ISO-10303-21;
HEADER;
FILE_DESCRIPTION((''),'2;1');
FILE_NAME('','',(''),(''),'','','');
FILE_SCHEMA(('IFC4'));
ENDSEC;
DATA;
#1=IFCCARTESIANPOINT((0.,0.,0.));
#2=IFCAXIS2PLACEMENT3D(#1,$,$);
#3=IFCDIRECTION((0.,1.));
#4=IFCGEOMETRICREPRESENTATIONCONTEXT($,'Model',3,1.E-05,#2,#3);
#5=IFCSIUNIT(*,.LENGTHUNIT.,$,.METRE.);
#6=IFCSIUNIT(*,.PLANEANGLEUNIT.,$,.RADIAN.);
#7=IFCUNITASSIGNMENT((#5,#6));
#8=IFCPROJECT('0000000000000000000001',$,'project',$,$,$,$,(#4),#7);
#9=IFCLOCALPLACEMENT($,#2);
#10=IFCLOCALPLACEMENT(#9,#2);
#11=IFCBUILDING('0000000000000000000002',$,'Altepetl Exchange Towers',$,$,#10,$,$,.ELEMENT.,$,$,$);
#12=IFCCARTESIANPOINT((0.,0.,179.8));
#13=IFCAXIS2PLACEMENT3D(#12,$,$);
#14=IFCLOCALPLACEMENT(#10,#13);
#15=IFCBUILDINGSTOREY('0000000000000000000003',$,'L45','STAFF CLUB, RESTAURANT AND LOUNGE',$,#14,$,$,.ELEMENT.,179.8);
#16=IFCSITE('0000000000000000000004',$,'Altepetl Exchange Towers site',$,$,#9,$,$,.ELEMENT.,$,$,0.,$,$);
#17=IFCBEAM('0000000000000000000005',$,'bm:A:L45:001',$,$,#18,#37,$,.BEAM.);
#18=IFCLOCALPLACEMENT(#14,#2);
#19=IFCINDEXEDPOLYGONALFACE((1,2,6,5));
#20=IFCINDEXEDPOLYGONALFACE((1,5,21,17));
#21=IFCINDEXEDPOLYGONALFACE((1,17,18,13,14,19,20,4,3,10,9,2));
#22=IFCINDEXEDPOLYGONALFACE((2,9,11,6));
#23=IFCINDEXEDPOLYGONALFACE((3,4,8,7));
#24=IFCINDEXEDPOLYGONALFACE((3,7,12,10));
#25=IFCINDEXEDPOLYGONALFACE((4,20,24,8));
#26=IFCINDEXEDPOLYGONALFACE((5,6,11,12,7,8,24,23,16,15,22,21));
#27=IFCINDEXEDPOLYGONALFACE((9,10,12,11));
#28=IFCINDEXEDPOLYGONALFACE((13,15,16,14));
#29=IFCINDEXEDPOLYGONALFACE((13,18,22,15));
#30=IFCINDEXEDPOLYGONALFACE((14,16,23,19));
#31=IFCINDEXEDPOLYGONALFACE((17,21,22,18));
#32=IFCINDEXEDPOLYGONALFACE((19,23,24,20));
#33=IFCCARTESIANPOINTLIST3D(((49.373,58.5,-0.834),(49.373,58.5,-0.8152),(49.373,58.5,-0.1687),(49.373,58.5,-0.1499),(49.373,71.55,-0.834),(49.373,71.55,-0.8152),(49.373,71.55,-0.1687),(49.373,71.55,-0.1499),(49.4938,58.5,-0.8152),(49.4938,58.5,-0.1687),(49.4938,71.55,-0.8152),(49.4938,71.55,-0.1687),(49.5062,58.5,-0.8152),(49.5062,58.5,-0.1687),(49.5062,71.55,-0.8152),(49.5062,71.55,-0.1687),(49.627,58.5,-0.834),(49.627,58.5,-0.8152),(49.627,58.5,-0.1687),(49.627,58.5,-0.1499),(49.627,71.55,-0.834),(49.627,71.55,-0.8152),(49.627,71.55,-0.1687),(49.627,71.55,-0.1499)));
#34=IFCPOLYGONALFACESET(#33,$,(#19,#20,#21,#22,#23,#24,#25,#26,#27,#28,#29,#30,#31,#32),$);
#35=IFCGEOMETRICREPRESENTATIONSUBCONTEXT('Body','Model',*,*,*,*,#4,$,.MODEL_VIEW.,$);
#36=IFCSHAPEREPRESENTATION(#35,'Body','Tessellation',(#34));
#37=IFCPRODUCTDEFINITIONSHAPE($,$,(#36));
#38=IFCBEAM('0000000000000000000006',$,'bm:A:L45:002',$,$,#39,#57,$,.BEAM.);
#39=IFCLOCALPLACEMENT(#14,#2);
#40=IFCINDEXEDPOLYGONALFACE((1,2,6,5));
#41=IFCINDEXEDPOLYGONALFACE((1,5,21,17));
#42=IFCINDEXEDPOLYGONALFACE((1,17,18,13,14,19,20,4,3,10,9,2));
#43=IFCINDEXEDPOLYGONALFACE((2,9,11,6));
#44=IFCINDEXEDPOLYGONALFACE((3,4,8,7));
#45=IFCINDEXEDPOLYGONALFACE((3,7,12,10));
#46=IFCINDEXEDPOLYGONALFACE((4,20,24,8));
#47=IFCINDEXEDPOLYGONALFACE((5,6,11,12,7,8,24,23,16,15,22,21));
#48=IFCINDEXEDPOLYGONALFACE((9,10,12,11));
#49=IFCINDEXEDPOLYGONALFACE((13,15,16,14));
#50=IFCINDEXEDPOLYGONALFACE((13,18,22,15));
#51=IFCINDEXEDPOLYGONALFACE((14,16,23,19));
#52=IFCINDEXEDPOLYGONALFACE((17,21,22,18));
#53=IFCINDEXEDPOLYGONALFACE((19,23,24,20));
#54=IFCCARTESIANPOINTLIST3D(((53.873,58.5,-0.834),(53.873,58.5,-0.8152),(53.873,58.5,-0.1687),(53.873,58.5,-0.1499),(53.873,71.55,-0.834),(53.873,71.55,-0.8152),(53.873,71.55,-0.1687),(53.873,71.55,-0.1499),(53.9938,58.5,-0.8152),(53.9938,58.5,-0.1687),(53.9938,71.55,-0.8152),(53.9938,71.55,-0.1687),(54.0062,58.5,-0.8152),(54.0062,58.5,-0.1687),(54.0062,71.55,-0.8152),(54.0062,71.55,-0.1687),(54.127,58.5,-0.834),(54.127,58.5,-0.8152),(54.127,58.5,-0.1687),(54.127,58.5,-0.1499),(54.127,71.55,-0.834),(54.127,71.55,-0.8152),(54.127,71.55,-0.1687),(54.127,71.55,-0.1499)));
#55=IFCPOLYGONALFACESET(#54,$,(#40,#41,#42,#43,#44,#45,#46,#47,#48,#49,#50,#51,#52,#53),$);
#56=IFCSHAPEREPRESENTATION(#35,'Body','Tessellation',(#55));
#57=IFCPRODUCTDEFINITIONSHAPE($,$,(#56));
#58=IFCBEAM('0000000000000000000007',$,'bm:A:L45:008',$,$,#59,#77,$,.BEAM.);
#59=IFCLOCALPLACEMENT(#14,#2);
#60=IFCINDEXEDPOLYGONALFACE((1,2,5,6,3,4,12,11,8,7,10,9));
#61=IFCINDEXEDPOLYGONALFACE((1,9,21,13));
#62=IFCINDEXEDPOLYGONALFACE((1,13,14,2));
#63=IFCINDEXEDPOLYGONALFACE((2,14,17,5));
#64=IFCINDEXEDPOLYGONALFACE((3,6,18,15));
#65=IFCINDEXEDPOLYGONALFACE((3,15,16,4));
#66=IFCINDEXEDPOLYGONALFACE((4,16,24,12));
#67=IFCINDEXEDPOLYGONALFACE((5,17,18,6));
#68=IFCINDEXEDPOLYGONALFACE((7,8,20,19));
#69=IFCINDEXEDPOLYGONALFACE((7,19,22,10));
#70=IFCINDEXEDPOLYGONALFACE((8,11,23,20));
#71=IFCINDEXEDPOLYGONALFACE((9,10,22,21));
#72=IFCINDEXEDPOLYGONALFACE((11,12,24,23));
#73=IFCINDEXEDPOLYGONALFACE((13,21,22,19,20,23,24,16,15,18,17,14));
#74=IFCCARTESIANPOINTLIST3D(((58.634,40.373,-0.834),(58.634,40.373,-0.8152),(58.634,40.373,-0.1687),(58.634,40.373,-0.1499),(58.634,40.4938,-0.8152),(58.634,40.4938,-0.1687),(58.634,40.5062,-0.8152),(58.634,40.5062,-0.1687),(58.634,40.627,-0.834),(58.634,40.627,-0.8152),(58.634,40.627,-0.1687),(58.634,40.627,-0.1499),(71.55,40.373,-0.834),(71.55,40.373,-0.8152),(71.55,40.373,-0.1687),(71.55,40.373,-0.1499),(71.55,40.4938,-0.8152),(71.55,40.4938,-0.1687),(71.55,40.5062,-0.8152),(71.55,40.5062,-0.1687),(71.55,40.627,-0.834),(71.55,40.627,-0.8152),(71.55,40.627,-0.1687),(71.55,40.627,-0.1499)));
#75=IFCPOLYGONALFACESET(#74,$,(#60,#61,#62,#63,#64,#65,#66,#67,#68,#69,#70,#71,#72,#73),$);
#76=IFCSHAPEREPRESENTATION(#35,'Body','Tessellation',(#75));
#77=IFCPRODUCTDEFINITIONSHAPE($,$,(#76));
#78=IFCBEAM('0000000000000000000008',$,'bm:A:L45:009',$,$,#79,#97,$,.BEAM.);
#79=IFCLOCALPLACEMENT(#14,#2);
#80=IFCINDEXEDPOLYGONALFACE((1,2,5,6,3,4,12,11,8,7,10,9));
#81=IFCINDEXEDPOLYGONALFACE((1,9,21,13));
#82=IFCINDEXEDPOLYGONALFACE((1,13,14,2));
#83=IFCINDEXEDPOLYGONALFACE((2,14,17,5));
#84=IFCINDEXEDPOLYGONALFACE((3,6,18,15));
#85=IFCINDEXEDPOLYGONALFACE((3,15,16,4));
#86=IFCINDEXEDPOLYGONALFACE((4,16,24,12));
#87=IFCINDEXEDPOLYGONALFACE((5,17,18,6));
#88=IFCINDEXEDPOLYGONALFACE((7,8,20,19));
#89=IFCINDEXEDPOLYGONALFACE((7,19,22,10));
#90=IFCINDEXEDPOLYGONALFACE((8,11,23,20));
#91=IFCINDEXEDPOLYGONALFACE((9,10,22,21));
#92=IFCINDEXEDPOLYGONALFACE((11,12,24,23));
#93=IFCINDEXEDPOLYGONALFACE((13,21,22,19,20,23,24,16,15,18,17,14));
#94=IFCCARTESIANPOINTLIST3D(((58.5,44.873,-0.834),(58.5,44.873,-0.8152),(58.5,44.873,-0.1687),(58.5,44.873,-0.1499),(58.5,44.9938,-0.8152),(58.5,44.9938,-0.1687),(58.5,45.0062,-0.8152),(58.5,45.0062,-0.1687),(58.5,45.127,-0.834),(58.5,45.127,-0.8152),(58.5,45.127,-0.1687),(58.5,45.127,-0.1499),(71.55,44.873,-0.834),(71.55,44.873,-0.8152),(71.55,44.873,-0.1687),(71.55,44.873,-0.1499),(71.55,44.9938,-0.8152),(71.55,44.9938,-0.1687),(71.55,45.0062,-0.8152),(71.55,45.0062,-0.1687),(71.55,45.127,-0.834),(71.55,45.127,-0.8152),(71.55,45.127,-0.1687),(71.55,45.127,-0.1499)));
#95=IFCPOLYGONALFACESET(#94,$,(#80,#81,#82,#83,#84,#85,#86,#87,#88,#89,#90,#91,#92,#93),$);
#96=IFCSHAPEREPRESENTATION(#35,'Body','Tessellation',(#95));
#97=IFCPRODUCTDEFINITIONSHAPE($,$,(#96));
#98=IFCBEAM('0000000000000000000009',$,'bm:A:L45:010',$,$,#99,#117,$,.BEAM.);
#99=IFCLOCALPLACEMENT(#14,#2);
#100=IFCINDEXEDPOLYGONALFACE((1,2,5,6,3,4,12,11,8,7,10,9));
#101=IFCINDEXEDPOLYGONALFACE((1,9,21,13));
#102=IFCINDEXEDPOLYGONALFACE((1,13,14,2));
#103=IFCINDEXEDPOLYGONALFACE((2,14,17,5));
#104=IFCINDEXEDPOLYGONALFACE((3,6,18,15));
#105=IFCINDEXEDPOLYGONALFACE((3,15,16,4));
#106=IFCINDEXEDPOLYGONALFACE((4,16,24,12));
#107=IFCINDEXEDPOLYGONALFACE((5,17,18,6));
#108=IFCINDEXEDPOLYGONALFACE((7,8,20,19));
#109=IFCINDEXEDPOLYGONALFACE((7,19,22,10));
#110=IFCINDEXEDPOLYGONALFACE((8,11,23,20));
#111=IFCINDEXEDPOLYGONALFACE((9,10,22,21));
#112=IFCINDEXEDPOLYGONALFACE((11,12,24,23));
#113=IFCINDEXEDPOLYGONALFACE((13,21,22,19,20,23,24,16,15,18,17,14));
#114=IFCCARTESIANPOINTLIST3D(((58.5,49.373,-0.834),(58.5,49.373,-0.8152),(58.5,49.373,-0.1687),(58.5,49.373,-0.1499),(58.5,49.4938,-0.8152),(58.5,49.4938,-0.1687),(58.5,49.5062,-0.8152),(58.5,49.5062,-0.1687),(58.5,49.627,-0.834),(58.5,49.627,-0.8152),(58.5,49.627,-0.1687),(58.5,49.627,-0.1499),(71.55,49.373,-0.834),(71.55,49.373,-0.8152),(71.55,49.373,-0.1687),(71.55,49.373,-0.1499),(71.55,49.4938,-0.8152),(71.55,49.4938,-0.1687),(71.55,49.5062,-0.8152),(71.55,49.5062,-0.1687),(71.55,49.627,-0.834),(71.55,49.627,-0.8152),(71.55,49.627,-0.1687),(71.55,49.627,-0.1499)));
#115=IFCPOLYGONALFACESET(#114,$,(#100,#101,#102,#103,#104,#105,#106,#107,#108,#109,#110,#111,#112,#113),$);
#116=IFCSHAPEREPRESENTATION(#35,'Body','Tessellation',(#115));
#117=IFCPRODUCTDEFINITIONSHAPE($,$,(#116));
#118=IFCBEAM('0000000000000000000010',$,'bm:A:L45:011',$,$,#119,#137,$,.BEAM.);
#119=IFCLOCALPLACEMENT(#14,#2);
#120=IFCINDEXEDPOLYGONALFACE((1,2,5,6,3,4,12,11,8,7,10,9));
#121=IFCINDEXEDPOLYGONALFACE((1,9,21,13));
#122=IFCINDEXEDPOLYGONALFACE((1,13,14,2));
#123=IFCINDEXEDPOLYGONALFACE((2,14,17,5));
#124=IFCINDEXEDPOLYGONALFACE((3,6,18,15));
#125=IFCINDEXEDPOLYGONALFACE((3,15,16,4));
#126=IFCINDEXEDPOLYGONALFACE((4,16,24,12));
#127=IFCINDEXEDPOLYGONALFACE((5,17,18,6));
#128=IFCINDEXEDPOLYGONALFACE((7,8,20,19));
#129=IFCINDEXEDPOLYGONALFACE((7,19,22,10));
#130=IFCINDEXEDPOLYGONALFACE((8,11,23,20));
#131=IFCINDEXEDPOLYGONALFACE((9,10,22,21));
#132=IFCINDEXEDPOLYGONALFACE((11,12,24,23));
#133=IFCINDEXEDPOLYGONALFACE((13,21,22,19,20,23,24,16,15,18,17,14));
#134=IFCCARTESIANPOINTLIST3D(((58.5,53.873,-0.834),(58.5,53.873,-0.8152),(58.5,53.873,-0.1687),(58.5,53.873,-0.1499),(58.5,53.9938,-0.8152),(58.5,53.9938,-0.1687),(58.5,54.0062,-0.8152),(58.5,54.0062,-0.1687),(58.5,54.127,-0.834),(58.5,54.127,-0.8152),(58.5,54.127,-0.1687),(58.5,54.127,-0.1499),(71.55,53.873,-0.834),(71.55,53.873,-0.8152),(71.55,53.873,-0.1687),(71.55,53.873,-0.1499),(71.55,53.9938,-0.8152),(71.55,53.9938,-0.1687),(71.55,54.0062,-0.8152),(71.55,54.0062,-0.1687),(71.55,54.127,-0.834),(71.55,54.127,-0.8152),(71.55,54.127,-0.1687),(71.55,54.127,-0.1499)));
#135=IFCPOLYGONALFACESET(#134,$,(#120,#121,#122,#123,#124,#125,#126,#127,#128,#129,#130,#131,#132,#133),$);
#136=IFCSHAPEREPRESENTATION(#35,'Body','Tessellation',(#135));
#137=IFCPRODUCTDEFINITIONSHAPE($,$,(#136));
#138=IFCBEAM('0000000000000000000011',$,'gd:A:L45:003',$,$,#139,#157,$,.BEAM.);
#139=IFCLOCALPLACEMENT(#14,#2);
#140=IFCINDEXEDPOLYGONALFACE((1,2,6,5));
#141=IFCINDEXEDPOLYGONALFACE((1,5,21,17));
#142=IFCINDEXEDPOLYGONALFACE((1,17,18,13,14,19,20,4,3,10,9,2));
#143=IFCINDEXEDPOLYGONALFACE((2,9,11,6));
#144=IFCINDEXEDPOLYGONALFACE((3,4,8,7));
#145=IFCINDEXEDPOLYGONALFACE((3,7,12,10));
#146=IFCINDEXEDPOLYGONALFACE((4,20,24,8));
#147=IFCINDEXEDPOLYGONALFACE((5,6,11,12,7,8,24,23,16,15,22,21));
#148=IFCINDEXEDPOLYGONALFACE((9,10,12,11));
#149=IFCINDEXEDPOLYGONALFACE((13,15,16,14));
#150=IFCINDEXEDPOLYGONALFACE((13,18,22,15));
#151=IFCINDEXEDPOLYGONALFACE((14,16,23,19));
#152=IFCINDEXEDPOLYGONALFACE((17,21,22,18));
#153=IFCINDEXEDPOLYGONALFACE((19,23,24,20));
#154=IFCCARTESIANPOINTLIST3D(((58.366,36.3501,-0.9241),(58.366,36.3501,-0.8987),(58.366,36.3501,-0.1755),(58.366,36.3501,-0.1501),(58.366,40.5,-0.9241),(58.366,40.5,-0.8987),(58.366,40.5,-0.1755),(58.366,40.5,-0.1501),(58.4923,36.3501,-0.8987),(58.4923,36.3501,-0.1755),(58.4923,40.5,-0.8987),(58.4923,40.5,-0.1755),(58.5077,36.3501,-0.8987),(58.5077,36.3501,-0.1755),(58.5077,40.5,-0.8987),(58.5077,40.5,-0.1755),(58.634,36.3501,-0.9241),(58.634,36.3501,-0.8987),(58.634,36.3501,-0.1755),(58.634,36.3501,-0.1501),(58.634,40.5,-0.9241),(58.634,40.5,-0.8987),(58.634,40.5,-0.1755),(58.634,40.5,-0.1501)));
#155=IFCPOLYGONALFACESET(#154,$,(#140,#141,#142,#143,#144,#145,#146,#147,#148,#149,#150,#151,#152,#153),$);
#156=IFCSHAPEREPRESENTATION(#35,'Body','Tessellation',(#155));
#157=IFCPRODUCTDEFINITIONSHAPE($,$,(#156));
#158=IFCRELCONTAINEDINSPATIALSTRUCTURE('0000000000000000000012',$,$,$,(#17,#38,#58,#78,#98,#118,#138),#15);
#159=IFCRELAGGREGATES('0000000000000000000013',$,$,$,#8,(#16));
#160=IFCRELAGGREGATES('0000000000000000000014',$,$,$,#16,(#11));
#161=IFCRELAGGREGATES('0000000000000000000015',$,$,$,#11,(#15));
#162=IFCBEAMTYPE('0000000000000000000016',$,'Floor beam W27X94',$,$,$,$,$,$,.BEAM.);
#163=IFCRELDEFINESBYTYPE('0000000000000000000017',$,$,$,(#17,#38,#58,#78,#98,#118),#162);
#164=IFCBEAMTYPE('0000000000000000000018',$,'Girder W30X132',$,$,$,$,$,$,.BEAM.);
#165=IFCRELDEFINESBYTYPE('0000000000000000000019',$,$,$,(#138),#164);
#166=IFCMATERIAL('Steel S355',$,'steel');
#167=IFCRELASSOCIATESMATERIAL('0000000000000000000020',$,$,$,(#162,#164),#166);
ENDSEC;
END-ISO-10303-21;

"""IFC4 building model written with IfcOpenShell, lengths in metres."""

from ifc_helpers import new_model, si_unit, direction, frame, origin, origin_2d, place, context, subcontext, project, spatial, i_section, extrude, material, material_profile, profile_set, type_object, element, save


model = new_model("IFC4")

# Units and contexts
model_context = context("Model", 3, precision=1e-05, world=origin(), true_north=direction((0.0, 1.0)))
body_context = subcontext(model_context, "Body", "Model", "MODEL_VIEW")
ifc_project = project(units=[si_unit("LENGTHUNIT", "METRE"), si_unit("PLANEANGLEUNIT", "RADIAN")], contexts=[model_context])

# Site, building, storey
site_placement = place(None, origin())
site = spatial("IfcSite", under=ifc_project, at=site_placement, Name="Altepetl Exchange Towers site", CompositionType="ELEMENT", RefElevation=0.0)
building_placement = place(site_placement, origin())
building = spatial("IfcBuilding", under=site, at=building_placement, Name="Altepetl Exchange Towers", CompositionType="ELEMENT")
storey_placement = place(building_placement, frame((0.0, 0.0, 179.8)))
storey = spatial("IfcBuildingStorey", under=building, at=storey_placement, Name="L45", Description="STAFF CLUB, RESTAURANT AND LOUNGE", CompositionType="ELEMENT", Elevation=179.8)

# Beams
ifc_material_1 = material(Name="Steel S355", Category="steel")
ifc_material_profile_1 = material_profile(ifc_material_1, i_section(OverallWidth=0.2539, OverallDepth=0.6841, WebThickness=0.0125, FlangeThickness=0.0188, at=origin_2d()), Name="W27X94")
ifc_profile_set_1 = profile_set([ifc_material_profile_1], Name="Steel S355")
beam_type_1 = type_object("IfcBeamType", Name="Floor beam W27X94", PredefinedType="BEAM", material=ifc_profile_set_1)
for number, where, z_axis, x_axis, name in (
    (1, (49.5, 58.5, -0.4919), (0.0, 1.0, 0.0), (-1.0, 0.0, 0.0), "bm:A:L45:001"),
    (2, (54.0, 58.5, -0.4919), (0.0, 1.0, 0.0), (-1.0, 0.0, 0.0), "bm:A:L45:002"),
):
    element("IfcBeam", number, at=place(storey_placement, frame(where, z_axis=z_axis, x_axis=x_axis)), inside=storey, type_object=beam_type_1, Name=name, PredefinedType="BEAM", context=body_context, shape_type="SweptSolid", body=[
        extrude(i_section(OverallWidth=0.2539, OverallDepth=0.6841, WebThickness=0.0125, FlangeThickness=0.0188, at=origin_2d()), origin(), (0.0, 0.0, 1.0), 13.05),
    ])
beam_1_placement = place(storey_placement, frame((58.634, 40.5, -0.4919), z_axis=(1.0, 0.0, 0.0), x_axis=(0.0, 1.0, 0.0)))
element("IfcBeam", 3, at=beam_1_placement, inside=storey, type_object=beam_type_1, Name="bm:A:L45:008", PredefinedType="BEAM", context=body_context, shape_type="SweptSolid", body=[
    extrude(i_section(OverallWidth=0.2539, OverallDepth=0.6841, WebThickness=0.0125, FlangeThickness=0.0188, at=origin_2d()), origin(), (0.0, 0.0, 1.0), 12.916),
])
for number, where, z_axis, x_axis, name in (
    (4, (58.5, 45.0, -0.4919), (1.0, 0.0, 0.0), (0.0, 1.0, 0.0), "bm:A:L45:009"),
    (5, (58.5, 49.5, -0.4919), (1.0, 0.0, 0.0), (0.0, 1.0, 0.0), "bm:A:L45:010"),
    (6, (58.5, 54.0, -0.4919), (1.0, 0.0, 0.0), (0.0, 1.0, 0.0), "bm:A:L45:011"),
):
    element("IfcBeam", number, at=place(storey_placement, frame(where, z_axis=z_axis, x_axis=x_axis)), inside=storey, type_object=beam_type_1, Name=name, PredefinedType="BEAM", context=body_context, shape_type="SweptSolid", body=[
        extrude(i_section(OverallWidth=0.2539, OverallDepth=0.6841, WebThickness=0.0125, FlangeThickness=0.0188, at=origin_2d()), origin(), (0.0, 0.0, 1.0), 13.05),
    ])
ifc_material_profile_2 = material_profile(ifc_material_1, i_section(OverallWidth=0.2681, OverallDepth=0.7739, WebThickness=0.0154, FlangeThickness=0.0254, at=origin_2d()), Name="W30X132")
ifc_profile_set_2 = profile_set([ifc_material_profile_2], Name="Steel S355")
beam_type_2 = type_object("IfcBeamType", Name="Girder W30X132", PredefinedType="BEAM", material=ifc_profile_set_2)
beam_2_placement = place(storey_placement, frame((58.5, 40.5, -0.5371), z_axis=(0.0, -1.0, 0.0), x_axis=(1.0, 0.0, 0.0)))
element("IfcBeam", 7, at=beam_2_placement, inside=storey, type_object=beam_type_2, Name="gd:A:L45:003", PredefinedType="BEAM", context=body_context, shape_type="SweptSolid", body=[
    extrude(i_section(OverallWidth=0.2681, OverallDepth=0.7739, WebThickness=0.0154, FlangeThickness=0.0254, at=origin_2d()), origin(), (0.0, 0.0, 1.0), 4.1499),
])

save(model, "model.ifc")
